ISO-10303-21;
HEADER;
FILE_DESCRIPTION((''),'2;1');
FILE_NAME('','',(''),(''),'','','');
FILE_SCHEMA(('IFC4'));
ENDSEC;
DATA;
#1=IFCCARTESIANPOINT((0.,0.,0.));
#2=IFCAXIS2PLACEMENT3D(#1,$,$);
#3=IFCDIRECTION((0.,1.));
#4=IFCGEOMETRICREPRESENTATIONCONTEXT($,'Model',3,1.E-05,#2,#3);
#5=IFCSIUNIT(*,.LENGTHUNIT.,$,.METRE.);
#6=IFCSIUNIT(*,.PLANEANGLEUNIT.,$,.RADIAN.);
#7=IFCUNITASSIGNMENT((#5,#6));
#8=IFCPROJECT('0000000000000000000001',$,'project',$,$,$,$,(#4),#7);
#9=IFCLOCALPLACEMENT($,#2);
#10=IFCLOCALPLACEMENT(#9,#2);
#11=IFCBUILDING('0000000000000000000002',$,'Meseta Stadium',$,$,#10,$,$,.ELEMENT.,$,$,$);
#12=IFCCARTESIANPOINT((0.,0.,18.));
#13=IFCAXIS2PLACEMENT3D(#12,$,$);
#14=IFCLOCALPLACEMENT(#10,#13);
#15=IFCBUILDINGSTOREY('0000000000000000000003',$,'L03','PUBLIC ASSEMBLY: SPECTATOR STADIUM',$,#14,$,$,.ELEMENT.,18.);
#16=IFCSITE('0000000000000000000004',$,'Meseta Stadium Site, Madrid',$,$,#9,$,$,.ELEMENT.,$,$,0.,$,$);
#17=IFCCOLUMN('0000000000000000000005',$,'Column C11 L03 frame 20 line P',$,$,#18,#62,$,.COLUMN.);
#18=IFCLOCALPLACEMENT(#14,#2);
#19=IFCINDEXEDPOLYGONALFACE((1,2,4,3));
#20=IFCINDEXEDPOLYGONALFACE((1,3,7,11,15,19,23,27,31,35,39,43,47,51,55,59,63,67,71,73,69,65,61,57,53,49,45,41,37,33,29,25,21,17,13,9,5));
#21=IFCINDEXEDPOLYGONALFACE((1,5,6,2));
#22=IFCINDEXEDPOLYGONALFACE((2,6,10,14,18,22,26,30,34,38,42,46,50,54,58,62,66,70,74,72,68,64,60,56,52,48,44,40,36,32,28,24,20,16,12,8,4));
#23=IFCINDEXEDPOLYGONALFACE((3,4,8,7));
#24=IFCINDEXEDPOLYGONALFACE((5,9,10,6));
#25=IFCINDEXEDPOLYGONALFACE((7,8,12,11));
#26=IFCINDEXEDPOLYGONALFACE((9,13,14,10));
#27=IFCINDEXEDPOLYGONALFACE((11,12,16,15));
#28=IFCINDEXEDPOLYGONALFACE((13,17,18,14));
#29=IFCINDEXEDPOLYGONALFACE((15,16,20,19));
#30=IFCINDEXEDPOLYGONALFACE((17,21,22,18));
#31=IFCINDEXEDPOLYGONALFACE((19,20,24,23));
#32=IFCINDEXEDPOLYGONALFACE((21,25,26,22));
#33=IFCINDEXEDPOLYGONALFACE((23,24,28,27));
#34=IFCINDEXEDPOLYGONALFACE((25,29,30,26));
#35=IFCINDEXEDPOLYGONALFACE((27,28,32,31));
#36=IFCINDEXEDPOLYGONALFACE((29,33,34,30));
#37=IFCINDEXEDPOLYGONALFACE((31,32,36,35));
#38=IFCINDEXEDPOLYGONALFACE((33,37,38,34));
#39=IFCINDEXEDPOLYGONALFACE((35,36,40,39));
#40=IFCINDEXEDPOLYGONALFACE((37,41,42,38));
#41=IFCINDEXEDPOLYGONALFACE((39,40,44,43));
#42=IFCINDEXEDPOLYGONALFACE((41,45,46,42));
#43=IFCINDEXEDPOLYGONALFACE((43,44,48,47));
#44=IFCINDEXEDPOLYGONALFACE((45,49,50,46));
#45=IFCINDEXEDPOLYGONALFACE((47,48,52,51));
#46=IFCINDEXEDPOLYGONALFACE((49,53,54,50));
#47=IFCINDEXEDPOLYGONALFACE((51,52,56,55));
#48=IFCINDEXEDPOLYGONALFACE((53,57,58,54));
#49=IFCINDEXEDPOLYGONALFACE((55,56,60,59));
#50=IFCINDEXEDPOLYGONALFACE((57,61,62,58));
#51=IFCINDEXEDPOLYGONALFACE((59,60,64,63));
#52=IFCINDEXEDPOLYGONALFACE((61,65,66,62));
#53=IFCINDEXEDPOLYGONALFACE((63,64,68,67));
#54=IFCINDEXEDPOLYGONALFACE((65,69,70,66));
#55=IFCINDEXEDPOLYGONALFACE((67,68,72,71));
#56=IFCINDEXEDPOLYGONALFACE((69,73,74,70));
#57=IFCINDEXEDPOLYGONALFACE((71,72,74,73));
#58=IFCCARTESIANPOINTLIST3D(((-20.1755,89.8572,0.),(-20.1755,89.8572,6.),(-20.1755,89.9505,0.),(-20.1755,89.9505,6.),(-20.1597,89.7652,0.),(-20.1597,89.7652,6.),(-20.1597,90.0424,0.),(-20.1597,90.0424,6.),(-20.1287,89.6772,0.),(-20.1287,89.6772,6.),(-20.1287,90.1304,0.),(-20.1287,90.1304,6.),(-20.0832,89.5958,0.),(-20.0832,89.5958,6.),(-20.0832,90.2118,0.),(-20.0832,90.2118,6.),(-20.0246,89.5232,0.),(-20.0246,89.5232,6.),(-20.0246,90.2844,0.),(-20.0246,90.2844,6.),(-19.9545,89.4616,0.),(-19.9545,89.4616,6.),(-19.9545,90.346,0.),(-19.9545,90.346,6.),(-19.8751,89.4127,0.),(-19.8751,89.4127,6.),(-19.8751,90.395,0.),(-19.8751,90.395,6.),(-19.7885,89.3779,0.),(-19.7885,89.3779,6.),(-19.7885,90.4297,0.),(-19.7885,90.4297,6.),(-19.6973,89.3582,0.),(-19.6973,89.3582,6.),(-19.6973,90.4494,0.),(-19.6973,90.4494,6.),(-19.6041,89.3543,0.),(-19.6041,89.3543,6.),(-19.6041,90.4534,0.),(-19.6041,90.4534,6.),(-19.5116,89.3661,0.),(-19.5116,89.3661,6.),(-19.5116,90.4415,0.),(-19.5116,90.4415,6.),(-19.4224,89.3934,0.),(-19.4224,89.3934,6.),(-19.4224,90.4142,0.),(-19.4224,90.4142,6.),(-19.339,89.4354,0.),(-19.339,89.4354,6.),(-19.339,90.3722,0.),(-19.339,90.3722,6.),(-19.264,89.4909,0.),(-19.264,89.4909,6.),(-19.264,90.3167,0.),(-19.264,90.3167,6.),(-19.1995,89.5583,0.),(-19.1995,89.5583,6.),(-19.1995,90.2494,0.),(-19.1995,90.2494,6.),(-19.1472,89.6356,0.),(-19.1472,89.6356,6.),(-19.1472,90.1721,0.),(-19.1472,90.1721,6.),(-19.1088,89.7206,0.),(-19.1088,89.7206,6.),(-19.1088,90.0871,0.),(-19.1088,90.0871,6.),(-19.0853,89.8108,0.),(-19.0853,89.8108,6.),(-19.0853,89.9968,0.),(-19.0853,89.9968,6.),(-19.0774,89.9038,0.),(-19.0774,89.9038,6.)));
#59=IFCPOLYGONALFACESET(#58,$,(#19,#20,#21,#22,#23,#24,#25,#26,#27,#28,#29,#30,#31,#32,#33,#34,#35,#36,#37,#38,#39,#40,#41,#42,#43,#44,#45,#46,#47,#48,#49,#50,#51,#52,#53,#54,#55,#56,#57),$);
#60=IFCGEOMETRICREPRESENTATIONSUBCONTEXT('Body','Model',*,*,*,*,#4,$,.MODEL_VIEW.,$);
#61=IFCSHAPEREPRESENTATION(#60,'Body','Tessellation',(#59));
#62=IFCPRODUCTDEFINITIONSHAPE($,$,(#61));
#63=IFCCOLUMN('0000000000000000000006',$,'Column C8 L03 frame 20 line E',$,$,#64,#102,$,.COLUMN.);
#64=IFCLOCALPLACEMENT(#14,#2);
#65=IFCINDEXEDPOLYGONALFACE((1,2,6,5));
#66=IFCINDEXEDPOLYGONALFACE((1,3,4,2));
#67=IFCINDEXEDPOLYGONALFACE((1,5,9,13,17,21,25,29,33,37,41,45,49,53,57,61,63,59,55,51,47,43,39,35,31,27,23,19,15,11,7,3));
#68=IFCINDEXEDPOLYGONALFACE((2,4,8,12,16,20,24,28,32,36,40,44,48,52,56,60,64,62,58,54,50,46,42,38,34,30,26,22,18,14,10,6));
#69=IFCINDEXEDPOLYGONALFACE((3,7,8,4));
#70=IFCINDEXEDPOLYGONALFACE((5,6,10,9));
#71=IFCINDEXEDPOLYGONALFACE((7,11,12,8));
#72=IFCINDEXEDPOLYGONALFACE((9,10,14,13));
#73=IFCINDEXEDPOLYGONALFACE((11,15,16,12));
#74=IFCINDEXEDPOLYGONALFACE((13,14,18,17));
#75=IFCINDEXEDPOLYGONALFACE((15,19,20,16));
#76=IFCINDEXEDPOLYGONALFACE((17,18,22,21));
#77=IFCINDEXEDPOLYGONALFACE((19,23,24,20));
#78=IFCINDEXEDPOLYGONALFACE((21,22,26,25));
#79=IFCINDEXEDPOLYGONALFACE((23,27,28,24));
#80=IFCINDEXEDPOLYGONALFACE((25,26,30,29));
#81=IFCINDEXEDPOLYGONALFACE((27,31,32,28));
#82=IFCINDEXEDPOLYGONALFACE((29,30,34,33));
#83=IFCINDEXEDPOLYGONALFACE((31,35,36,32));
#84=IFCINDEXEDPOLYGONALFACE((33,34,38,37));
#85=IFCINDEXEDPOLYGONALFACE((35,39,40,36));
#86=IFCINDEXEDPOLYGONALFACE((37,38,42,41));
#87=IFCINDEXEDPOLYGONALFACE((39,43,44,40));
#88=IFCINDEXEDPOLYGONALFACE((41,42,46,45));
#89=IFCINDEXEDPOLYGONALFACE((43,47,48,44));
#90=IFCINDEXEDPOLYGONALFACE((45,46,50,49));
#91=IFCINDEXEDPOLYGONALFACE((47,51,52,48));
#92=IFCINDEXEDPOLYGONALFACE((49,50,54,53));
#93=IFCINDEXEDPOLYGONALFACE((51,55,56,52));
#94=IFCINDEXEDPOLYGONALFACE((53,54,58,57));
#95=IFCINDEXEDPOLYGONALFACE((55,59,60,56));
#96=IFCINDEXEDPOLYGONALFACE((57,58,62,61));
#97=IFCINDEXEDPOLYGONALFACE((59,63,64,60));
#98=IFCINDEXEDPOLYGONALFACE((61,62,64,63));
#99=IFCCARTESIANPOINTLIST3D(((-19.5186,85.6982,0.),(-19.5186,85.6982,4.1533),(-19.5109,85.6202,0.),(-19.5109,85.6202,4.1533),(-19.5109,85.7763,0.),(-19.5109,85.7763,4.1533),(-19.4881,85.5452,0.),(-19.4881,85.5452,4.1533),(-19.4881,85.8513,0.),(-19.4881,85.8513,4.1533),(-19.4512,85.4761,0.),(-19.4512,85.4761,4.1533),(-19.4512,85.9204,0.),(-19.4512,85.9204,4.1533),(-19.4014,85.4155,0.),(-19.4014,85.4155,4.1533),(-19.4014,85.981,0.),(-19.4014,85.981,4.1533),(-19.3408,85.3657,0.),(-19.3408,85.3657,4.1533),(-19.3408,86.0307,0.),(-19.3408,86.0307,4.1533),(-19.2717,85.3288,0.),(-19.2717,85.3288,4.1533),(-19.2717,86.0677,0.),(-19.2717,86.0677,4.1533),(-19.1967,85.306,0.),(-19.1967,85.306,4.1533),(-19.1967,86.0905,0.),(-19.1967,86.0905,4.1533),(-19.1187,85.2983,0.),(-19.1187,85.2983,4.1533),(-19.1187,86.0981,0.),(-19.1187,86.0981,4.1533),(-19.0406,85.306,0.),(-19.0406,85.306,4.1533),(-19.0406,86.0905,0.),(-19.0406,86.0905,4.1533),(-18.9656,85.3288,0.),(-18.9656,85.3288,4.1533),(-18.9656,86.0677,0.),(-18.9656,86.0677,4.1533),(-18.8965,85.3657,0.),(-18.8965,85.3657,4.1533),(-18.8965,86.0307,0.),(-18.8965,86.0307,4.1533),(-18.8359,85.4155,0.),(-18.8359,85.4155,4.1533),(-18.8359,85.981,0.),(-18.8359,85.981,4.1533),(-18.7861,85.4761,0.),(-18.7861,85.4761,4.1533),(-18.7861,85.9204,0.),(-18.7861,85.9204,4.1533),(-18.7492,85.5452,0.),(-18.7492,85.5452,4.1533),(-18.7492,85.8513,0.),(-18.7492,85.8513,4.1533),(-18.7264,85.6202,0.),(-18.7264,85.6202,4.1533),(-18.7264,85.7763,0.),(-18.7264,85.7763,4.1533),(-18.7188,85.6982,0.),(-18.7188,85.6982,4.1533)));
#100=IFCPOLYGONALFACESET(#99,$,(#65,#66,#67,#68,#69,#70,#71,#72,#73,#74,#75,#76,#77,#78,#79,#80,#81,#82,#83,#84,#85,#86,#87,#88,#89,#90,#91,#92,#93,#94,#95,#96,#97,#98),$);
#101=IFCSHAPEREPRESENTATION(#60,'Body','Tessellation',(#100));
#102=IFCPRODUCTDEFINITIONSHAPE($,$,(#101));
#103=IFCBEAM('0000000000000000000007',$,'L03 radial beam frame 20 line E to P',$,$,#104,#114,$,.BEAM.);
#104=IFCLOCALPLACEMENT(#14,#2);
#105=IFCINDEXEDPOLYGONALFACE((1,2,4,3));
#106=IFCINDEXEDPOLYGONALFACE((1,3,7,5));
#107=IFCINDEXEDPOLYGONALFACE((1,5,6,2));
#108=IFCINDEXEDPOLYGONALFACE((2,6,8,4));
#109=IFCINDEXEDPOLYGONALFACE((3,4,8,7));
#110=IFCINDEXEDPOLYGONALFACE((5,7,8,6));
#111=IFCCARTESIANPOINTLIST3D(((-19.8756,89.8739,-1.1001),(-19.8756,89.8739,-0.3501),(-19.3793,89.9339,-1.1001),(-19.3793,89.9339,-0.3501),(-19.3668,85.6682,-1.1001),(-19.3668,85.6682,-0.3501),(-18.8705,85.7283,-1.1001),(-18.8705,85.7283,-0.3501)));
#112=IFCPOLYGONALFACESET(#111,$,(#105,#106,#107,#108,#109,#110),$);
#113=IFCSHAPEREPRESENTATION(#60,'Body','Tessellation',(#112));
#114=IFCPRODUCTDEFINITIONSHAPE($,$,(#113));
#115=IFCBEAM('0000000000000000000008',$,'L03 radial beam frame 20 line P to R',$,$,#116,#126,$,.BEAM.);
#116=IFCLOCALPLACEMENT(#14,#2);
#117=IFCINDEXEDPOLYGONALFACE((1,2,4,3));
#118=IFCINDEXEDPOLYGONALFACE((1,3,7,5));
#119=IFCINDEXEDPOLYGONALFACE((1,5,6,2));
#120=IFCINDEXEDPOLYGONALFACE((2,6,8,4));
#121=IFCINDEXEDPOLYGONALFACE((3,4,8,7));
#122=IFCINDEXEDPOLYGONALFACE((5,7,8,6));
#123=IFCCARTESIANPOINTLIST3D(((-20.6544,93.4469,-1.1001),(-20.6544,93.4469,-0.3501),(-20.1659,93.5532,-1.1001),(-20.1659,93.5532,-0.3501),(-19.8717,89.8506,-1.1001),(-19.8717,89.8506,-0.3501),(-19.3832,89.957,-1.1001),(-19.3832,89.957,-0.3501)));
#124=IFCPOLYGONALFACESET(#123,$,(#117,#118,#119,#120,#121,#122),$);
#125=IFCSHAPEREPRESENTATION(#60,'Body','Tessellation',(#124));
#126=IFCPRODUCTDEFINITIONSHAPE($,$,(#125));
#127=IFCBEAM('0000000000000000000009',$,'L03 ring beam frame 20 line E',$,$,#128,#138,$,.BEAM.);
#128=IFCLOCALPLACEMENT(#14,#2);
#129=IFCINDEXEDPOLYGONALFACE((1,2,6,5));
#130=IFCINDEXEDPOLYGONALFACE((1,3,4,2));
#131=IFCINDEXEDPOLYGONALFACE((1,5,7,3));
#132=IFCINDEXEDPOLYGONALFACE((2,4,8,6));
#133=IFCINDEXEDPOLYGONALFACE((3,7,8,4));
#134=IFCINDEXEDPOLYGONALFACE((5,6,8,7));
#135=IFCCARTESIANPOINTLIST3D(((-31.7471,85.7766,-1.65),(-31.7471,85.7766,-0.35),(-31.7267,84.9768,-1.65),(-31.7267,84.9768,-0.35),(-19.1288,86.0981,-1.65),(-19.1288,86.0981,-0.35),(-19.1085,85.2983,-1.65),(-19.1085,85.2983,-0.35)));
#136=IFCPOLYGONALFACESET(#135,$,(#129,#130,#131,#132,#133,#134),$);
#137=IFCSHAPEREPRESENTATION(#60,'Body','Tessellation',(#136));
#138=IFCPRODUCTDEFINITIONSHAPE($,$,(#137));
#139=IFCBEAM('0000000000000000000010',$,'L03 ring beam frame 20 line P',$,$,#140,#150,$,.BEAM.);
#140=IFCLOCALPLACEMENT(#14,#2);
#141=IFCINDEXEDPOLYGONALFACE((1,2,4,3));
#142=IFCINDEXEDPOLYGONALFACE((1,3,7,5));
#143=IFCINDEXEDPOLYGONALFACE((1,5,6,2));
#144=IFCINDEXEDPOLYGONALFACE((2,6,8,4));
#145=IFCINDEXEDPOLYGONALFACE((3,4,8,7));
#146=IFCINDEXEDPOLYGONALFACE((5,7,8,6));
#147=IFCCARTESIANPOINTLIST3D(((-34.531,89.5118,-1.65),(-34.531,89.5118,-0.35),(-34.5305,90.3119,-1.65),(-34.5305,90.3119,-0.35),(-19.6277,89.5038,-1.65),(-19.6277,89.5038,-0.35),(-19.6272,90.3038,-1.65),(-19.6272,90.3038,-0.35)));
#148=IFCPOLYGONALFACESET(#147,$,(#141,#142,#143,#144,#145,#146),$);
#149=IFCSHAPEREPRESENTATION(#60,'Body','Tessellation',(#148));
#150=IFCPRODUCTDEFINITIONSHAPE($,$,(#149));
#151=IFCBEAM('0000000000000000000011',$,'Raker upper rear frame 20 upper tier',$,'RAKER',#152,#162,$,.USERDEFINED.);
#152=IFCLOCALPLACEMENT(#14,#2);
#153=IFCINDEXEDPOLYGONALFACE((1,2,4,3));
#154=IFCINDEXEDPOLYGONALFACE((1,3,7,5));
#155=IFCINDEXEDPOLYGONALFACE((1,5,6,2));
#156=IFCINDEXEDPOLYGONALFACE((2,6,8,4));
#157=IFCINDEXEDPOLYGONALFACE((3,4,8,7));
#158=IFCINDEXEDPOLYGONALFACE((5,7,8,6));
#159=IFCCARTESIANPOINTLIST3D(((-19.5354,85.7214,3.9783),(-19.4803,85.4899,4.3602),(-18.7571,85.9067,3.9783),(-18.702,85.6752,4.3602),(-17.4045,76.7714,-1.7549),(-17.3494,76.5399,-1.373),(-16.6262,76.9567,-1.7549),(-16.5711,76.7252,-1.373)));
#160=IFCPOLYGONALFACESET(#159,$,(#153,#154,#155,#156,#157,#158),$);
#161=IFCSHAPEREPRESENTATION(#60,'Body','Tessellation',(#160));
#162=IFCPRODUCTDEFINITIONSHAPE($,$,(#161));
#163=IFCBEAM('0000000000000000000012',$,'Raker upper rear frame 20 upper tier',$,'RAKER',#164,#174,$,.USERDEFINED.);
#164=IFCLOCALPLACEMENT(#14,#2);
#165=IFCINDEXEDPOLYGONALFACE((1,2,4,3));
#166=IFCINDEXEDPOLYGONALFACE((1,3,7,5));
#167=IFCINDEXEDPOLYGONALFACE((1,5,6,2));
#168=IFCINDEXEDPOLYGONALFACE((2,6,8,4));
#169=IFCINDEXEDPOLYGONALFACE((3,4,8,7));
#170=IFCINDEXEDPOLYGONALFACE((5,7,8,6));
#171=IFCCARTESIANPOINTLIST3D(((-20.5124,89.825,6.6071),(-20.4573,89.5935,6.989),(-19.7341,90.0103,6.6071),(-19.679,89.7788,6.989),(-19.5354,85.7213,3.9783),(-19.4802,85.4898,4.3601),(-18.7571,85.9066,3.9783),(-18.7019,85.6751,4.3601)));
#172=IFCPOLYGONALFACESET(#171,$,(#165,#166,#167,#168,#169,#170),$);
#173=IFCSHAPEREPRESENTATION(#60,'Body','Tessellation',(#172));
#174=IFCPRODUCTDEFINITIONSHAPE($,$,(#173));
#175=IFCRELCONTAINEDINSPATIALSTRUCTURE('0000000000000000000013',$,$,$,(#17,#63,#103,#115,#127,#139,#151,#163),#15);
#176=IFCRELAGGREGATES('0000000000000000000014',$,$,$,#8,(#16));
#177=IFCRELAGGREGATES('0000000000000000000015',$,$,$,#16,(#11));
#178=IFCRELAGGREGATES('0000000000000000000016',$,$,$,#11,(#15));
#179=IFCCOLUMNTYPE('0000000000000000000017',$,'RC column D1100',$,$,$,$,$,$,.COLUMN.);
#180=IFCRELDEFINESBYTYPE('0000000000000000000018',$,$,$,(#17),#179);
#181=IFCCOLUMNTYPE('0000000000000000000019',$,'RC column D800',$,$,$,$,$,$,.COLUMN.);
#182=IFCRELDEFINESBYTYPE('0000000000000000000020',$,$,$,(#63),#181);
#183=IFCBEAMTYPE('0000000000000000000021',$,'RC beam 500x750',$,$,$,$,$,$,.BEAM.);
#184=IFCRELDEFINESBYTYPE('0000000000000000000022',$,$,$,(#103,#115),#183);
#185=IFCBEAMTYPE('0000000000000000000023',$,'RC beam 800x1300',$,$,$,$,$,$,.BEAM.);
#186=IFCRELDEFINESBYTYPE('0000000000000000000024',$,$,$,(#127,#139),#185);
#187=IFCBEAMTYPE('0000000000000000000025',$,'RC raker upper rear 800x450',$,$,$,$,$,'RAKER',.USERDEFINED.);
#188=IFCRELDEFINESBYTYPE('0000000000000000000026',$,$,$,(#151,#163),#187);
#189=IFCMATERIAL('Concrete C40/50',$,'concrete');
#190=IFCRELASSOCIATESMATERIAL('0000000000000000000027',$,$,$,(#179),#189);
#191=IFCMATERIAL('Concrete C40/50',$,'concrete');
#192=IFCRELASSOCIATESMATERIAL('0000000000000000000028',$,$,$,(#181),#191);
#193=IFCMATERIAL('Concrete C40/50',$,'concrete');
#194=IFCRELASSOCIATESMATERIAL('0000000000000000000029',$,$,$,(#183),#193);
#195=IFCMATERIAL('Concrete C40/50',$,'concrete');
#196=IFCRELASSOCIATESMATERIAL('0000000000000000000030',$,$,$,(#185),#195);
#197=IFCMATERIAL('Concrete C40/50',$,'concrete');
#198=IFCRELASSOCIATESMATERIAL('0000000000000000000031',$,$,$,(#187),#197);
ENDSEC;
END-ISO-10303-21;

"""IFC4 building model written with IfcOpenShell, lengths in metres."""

from ifc_helpers import new_model, si_unit, direction, frame, origin, origin_2d, place, context, subcontext, project, spatial, rectangle, circle, extrude, material, material_profile, profile_set, type_object, element, save


model = new_model("IFC4")

# Units and contexts
model_context = context("Model", 3, precision=1e-05, world=origin(), true_north=direction((0.0, 1.0)))
body_context = subcontext(model_context, "Body", "Model", "MODEL_VIEW")
ifc_project = project(units=[si_unit("LENGTHUNIT", "METRE"), si_unit("PLANEANGLEUNIT", "RADIAN")], contexts=[model_context])

# Site, building, storey
site_placement = place(None, origin())
site = spatial("IfcSite", under=ifc_project, at=site_placement, Name="Meseta Stadium Site, Madrid", CompositionType="ELEMENT", RefElevation=0.0)
building_placement = place(site_placement, origin())
building = spatial("IfcBuilding", under=site, at=building_placement, Name="Meseta Stadium", CompositionType="ELEMENT")
storey_placement = place(building_placement, frame((0.0, 0.0, 18.0)))
storey = spatial("IfcBuildingStorey", under=building, at=storey_placement, Name="L03", Description="PUBLIC ASSEMBLY: SPECTATOR STADIUM", CompositionType="ELEMENT", Elevation=18.0)

# Columns
ifc_material_1 = material(Name="Concrete C40/50", Category="concrete")
ifc_material_profile_1 = material_profile(ifc_material_1, circle(Radius=0.55, at=origin_2d()), Name="RC D1100")
ifc_profile_set_1 = profile_set([ifc_material_profile_1], Name="Concrete C40/50")
column_type_1 = type_object("IfcColumnType", Name="RC column D1100", PredefinedType="COLUMN", material=ifc_profile_set_1)
column_1_placement = place(storey_placement, frame((-19.6274, 89.9038, 0.0), z_axis=(0.0, 0.0, 1.0), x_axis=(1.0, 0.0, 0.0)))
element("IfcColumn", 1, at=column_1_placement, inside=storey, type_object=column_type_1, Name="Column C11 L03 frame 20 line P", PredefinedType="COLUMN", context=body_context, shape_type="SweptSolid", body=[
    extrude(circle(Radius=0.55, at=origin_2d()), origin(), (0.0, 0.0, 1.0), 6.0),
])
ifc_material_2 = material(Name="Concrete C40/50", Category="concrete")
ifc_material_profile_2 = material_profile(ifc_material_2, circle(Radius=0.3999, at=origin_2d()), Name="RC D800")
ifc_profile_set_2 = profile_set([ifc_material_profile_2], Name="Concrete C40/50")
column_type_2 = type_object("IfcColumnType", Name="RC column D800", PredefinedType="COLUMN", material=ifc_profile_set_2)
column_2_placement = place(storey_placement, frame((-19.1187, 85.6982, 0.0), z_axis=(0.0, 0.0, 1.0), x_axis=(1.0, 0.0, 0.0)))
element("IfcColumn", 2, at=column_2_placement, inside=storey, type_object=column_type_2, Name="Column C8 L03 frame 20 line E", PredefinedType="COLUMN", context=body_context, shape_type="SweptSolid", body=[
    extrude(circle(Radius=0.3999, at=origin_2d()), origin(), (0.0, 0.0, 1.0), 4.1533),
])

# Beams
ifc_material_3 = material(Name="Concrete C40/50", Category="concrete")
ifc_material_profile_3 = material_profile(ifc_material_3, rectangle(XDim=0.5, YDim=0.75, at=origin_2d()), Name="RC 500x750")
ifc_profile_set_3 = profile_set([ifc_material_profile_3], Name="Concrete C40/50")
beam_type_1 = type_object("IfcBeamType", Name="RC beam 500x750", PredefinedType="BEAM", material=ifc_profile_set_3)
beam_1_placement = place(storey_placement, frame((-19.1187, 85.6982, -0.7251), z_axis=(-0.120104, 0.992761, 0.0), x_axis=(-0.992761, -0.120104, 0.0)))
element("IfcBeam", 3, at=beam_1_placement, inside=storey, type_object=beam_type_1, Name="L03 radial beam frame 20 line E to P", PredefinedType="BEAM", context=body_context, shape_type="SweptSolid", body=[
    extrude(rectangle(XDim=0.5, YDim=0.75, at=origin_2d()), origin(), (0.0, 0.0, 1.0), 4.2363),
])
beam_2_placement = place(storey_placement, frame((-19.6274, 89.9038, -0.7251), z_axis=(-0.212672, 0.977124, 0.0), x_axis=(-0.977124, -0.212672, 0.0)))
element("IfcBeam", 4, at=beam_2_placement, inside=storey, type_object=beam_type_1, Name="L03 radial beam frame 20 line P to R", PredefinedType="BEAM", context=body_context, shape_type="SweptSolid", body=[
    extrude(rectangle(XDim=0.5, YDim=0.75, at=origin_2d()), origin(), (0.0, 0.0, 1.0), 3.6804),
])
ifc_material_4 = material(Name="Concrete C40/50", Category="concrete")
ifc_material_profile_4 = material_profile(ifc_material_4, rectangle(XDim=0.8, YDim=1.3, at=origin_2d()), Name="RC 800x1300")
ifc_profile_set_4 = profile_set([ifc_material_profile_4], Name="Concrete C40/50")
beam_type_2 = type_object("IfcBeamType", Name="RC beam 800x1300", PredefinedType="BEAM", material=ifc_profile_set_4)
beam_3_placement = place(storey_placement, frame((-19.1187, 85.6982, -1.0), z_axis=(-0.999675, -0.025474, 0.0), x_axis=(0.025474, -0.999675, 0.0)))
element("IfcBeam", 5, at=beam_3_placement, inside=storey, type_object=beam_type_2, Name="L03 ring beam frame 20 line E", PredefinedType="BEAM", context=body_context, shape_type="SweptSolid", body=[
    extrude(rectangle(XDim=0.8, YDim=1.3, at=origin_2d()), origin(), (0.0, 0.0, 1.0), 12.6223),
])
beam_4_placement = place(storey_placement, frame((-19.6274, 89.9038, -1.0), z_axis=(-1.0, 0.000541, 0.0), x_axis=(-0.000541, -1.0, 0.0)))
element("IfcBeam", 6, at=beam_4_placement, inside=storey, type_object=beam_type_2, Name="L03 ring beam frame 20 line P", PredefinedType="BEAM", context=body_context, shape_type="SweptSolid", body=[
    extrude(rectangle(XDim=0.8, YDim=1.3, at=origin_2d()), origin(), (0.0, 0.0, 1.0), 14.9033),
])
ifc_material_5 = material(Name="Concrete C40/50", Category="concrete")
ifc_material_profile_5 = material_profile(ifc_material_5, rectangle(XDim=0.8, YDim=0.45, at=origin_2d()), Name="RC 800x450")
ifc_profile_set_5 = profile_set([ifc_material_profile_5], Name="Concrete C40/50")
beam_type_3 = type_object("IfcBeamType", Name="RC raker upper rear 800x450", ElementType="RAKER", PredefinedType="USERDEFINED", material=ifc_profile_set_5)
beam_5_placement = place(storey_placement, frame((-16.9878, 76.7483, -1.564), z_axis=(-0.196569, 0.825621, 0.528876), x_axis=(-0.972808, -0.231612, 0.0)))
element("IfcBeam", 7, at=beam_5_placement, inside=storey, type_object=beam_type_3, Name="Raker upper rear frame 20 upper tier", ObjectType="RAKER", PredefinedType="USERDEFINED", context=body_context, shape_type="SweptSolid", body=[
    extrude(rectangle(XDim=0.8, YDim=0.45, at=origin_2d()), origin(), (0.0, 0.0, 1.0), 10.8403),
])
beam_6_placement = place(storey_placement, frame((-19.1187, 85.6982, 4.1692), z_axis=(-0.196567, 0.825611, 0.528894), x_axis=(-0.972808, -0.231613, 0.0)))
element("IfcBeam", 8, at=beam_6_placement, inside=storey, type_object=beam_type_3, Name="Raker upper rear frame 20 upper tier", ObjectType="RAKER", PredefinedType="USERDEFINED", context=body_context, shape_type="SweptSolid", body=[
    extrude(rectangle(XDim=0.8, YDim=0.45, at=origin_2d()), origin(), (0.0, 0.0, 1.0), 4.9705),
])

save(model, "model.ifc")
